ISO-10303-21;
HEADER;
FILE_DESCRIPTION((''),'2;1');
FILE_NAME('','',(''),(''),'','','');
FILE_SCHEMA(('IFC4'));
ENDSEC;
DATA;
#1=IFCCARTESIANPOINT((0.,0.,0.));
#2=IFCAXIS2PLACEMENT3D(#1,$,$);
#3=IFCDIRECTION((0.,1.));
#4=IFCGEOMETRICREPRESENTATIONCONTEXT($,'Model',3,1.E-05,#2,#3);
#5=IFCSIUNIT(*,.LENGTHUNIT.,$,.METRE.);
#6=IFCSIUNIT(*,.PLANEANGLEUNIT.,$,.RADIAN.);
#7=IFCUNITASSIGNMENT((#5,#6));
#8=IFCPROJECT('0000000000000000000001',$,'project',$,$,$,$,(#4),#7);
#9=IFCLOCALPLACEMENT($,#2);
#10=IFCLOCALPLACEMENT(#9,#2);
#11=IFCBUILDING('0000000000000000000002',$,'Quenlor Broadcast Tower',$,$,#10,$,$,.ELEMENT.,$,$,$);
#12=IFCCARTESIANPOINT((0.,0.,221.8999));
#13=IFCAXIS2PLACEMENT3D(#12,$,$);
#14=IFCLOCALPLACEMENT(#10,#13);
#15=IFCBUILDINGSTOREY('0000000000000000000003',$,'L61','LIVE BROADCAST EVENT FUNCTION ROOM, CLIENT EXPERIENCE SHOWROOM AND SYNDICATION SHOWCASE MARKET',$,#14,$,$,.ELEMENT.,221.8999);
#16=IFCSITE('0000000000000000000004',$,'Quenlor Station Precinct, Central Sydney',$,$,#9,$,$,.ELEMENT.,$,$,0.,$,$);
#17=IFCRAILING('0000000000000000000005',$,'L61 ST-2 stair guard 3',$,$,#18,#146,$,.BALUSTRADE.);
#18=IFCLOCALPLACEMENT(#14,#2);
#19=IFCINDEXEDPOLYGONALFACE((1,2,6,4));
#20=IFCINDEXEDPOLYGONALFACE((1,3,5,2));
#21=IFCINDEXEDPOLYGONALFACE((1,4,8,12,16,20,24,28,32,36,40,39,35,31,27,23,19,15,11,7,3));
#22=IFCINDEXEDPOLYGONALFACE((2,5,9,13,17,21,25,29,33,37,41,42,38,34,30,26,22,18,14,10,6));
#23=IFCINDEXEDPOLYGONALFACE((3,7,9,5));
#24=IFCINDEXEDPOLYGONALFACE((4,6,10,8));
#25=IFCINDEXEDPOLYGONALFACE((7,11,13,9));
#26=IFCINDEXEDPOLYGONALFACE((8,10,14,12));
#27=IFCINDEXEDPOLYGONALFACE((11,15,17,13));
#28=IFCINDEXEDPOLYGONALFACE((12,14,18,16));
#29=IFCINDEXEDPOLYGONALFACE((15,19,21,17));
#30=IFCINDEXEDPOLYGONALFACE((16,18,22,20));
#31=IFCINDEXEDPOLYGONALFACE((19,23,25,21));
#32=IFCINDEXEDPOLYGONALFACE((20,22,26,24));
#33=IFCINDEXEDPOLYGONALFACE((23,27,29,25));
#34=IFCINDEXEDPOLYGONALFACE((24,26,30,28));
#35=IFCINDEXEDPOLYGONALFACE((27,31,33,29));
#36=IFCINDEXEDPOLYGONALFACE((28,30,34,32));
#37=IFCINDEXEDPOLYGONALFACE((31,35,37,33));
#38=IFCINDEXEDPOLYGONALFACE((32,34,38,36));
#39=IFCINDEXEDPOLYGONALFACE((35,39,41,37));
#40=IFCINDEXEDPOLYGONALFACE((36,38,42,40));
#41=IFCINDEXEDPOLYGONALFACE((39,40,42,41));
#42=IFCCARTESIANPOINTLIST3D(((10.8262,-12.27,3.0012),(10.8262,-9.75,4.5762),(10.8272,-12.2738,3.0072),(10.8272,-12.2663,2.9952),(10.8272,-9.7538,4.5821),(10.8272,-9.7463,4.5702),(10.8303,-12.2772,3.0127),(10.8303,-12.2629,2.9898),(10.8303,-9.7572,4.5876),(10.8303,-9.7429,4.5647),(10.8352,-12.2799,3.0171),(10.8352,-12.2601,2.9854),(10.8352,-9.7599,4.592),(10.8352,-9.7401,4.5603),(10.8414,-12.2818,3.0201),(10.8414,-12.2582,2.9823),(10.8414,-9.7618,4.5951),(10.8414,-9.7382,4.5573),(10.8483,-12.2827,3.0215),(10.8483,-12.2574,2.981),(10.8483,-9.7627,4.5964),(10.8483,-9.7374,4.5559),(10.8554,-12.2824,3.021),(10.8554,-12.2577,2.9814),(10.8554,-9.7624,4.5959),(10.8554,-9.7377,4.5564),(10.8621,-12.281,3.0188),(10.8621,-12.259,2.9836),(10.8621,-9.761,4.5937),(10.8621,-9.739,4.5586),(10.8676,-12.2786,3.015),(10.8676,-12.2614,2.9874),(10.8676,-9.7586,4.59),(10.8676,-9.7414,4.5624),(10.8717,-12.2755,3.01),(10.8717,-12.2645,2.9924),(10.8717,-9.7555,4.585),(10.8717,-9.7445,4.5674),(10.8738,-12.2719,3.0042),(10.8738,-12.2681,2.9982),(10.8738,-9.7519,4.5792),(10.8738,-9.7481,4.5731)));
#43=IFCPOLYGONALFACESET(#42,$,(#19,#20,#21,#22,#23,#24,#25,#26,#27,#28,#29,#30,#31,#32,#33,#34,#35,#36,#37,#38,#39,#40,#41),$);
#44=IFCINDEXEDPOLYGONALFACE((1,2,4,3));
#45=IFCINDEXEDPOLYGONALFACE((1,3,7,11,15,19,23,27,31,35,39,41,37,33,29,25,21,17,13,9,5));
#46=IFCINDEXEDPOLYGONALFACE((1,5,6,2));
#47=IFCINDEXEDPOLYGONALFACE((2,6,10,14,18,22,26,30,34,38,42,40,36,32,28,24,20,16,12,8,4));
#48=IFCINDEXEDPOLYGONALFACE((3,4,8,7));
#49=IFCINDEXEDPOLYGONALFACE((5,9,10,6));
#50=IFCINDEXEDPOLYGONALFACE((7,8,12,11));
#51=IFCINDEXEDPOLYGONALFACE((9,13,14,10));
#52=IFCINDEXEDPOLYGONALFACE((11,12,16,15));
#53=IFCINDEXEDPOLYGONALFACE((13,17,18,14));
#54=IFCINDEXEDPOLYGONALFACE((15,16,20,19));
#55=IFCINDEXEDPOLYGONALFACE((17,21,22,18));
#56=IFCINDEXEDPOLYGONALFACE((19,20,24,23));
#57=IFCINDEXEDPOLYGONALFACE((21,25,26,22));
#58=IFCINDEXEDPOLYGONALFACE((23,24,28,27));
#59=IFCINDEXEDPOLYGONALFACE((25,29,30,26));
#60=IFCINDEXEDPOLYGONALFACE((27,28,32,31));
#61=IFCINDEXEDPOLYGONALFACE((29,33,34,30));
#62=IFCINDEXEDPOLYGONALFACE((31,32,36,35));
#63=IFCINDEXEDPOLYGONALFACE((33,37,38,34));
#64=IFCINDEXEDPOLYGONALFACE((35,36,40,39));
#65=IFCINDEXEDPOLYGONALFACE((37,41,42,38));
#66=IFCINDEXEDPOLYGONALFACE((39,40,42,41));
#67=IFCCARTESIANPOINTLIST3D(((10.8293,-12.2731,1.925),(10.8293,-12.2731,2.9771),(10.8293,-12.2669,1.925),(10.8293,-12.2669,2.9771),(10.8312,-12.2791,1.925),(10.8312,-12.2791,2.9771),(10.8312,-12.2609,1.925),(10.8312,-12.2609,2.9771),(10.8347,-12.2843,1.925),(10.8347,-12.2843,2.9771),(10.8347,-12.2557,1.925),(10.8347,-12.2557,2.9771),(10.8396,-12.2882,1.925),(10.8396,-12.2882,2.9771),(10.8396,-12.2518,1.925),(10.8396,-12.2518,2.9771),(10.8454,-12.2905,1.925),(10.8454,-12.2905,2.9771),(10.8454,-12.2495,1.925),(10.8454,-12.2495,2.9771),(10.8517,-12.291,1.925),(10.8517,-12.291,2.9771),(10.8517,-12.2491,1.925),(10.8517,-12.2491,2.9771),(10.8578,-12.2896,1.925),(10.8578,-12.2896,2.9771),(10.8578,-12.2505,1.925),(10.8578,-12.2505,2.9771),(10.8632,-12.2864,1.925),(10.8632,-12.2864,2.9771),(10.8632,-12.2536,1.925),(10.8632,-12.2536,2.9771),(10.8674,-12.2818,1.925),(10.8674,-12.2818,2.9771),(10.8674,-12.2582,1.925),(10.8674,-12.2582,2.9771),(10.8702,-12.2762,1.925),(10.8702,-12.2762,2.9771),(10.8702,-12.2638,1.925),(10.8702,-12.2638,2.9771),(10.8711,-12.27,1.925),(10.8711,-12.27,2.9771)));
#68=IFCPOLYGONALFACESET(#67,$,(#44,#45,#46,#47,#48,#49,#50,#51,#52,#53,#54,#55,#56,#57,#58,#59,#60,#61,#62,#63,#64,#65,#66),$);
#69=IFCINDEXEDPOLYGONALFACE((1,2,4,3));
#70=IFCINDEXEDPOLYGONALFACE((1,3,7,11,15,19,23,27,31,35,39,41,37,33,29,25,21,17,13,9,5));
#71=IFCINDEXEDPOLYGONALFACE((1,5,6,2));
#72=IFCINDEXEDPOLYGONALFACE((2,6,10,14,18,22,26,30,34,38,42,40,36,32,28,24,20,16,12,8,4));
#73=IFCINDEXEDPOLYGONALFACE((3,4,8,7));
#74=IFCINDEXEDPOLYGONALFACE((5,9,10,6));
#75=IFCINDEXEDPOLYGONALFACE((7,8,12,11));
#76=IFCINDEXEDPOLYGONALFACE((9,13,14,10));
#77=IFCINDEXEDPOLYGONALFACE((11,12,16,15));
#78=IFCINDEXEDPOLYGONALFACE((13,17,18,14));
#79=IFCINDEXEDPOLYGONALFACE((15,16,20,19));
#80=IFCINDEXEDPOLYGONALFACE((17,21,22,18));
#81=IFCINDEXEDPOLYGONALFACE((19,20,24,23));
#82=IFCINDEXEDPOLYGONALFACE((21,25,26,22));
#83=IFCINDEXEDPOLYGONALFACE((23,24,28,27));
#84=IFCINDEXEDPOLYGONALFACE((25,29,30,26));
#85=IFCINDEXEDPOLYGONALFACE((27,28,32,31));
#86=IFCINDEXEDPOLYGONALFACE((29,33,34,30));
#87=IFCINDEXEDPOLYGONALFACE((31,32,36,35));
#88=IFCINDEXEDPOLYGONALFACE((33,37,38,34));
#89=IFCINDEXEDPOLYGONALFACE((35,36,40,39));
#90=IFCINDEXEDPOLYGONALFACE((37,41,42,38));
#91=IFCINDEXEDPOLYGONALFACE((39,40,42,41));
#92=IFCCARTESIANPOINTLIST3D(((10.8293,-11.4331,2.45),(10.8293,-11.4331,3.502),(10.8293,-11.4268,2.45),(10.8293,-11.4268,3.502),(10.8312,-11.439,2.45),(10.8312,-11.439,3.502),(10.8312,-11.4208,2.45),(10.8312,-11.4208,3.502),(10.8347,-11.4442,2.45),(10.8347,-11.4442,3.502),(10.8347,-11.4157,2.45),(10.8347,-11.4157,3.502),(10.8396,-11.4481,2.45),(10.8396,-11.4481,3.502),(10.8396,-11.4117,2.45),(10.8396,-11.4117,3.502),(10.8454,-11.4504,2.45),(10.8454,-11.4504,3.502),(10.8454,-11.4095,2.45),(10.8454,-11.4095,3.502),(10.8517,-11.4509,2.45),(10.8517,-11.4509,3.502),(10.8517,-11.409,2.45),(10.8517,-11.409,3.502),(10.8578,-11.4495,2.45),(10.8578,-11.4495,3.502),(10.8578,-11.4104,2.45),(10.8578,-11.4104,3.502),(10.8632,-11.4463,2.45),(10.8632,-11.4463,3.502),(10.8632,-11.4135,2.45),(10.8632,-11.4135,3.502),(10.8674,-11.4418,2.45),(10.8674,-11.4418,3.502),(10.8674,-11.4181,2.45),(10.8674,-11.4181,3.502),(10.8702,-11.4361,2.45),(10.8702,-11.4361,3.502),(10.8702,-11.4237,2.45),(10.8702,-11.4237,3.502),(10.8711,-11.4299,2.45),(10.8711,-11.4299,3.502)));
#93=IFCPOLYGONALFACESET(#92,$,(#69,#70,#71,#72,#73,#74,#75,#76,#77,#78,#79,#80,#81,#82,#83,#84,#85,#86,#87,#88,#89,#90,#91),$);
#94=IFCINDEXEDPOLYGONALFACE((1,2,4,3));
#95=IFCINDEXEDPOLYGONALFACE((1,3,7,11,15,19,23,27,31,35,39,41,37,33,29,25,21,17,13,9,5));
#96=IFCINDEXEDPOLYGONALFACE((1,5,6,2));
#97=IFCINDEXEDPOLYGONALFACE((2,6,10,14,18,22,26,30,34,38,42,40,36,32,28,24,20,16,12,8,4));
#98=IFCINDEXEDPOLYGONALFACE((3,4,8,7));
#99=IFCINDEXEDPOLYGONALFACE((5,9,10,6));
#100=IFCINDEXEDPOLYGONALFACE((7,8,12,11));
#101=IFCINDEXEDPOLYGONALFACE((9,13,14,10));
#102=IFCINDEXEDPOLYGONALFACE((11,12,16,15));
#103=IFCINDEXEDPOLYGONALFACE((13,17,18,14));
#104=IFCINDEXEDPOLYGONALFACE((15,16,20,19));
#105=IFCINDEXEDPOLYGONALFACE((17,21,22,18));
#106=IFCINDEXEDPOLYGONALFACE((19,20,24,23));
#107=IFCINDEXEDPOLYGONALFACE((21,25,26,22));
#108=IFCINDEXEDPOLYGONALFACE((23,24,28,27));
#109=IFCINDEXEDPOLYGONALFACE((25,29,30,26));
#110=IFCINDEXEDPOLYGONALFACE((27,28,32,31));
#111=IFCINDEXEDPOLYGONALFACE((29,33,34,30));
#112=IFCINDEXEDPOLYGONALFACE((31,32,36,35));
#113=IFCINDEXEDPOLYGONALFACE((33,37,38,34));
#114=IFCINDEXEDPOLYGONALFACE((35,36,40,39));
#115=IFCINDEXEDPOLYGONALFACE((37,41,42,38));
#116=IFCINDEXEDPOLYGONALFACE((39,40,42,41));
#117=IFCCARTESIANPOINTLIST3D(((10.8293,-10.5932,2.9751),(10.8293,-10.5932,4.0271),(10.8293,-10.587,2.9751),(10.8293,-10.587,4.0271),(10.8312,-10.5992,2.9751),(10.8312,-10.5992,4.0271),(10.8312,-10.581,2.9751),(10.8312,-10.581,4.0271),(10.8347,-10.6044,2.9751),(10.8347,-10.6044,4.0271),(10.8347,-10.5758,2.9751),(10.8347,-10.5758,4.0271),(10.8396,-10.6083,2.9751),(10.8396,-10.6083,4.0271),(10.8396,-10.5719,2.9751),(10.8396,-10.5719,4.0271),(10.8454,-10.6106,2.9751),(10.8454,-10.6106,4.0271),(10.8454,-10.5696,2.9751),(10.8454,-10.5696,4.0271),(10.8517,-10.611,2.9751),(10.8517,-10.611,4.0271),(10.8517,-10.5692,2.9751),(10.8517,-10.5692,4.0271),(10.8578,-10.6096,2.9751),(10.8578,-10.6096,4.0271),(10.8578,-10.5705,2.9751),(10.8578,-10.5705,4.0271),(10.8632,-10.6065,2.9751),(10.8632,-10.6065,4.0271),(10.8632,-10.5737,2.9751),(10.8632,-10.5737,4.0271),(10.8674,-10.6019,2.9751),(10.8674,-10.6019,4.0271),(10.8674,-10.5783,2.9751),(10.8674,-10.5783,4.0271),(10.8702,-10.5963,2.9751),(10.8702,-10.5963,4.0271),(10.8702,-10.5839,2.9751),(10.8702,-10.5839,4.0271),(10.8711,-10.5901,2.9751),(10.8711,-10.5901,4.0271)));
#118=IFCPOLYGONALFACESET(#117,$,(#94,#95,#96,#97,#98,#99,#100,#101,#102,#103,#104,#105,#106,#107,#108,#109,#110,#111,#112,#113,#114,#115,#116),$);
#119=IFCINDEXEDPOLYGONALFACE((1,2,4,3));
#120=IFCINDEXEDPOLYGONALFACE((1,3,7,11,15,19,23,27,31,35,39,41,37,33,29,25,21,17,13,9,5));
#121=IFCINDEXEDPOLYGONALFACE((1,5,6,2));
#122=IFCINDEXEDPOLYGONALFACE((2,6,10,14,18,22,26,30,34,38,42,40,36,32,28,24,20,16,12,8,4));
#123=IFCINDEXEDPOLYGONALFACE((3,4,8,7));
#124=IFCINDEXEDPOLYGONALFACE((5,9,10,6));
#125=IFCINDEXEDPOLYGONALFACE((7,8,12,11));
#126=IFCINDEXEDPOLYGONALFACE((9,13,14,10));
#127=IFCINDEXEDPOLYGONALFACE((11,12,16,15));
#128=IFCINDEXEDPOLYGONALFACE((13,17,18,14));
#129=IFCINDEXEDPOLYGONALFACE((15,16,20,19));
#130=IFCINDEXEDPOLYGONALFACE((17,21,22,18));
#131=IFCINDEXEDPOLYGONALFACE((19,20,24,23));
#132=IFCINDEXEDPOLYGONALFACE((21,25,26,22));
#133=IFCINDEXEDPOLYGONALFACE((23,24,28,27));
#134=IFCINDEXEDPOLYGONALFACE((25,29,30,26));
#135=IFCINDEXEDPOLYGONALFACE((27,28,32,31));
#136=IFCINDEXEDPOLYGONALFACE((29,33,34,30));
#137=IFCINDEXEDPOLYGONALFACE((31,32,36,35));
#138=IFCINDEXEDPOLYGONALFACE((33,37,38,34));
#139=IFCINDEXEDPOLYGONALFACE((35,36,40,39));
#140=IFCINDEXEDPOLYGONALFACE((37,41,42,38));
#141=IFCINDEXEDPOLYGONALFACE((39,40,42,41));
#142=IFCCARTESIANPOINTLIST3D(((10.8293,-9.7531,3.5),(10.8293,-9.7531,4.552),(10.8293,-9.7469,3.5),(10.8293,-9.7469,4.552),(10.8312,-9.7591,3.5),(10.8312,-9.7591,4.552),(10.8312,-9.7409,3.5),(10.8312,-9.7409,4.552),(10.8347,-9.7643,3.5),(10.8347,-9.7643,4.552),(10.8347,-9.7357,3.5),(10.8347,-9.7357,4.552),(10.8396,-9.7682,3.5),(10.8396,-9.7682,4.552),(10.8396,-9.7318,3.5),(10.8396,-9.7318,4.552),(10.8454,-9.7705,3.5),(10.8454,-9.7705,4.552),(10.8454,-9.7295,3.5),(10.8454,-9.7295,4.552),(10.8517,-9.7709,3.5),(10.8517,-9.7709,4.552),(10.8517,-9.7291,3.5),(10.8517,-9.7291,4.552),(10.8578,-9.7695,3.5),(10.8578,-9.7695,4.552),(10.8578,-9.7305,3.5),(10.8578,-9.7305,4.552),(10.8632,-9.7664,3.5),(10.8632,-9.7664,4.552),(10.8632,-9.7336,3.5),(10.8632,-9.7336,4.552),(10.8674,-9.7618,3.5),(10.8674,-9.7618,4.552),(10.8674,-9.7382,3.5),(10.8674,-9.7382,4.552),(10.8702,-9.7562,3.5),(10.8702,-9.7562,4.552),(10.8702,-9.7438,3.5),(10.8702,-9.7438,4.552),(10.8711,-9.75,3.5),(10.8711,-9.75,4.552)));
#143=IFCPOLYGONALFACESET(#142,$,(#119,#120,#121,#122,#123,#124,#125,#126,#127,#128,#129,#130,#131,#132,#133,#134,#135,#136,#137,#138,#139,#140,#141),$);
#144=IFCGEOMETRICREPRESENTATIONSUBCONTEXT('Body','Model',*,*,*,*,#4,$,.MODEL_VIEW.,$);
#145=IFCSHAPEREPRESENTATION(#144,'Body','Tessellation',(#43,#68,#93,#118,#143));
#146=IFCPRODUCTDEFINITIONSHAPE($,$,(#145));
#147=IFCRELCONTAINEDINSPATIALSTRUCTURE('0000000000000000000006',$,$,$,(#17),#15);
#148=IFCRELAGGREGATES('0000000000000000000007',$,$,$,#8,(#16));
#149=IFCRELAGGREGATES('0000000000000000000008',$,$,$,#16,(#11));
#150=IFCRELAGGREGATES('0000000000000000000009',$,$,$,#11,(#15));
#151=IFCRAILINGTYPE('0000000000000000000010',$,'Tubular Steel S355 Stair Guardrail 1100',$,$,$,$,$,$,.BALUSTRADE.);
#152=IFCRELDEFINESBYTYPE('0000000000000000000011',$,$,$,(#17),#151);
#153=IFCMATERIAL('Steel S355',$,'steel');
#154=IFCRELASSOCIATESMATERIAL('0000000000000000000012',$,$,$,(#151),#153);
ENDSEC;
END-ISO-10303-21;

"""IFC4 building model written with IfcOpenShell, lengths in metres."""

from ifc_helpers import new_model, si_unit, direction, frame, origin, origin_2d, place, context, subcontext, project, spatial, circle, extrude, material, type_object, element, save


model = new_model("IFC4")

# Units and contexts
model_context = context("Model", 3, precision=1e-05, world=origin(), true_north=direction((0.0, 1.0)))
body_context = subcontext(model_context, "Body", "Model", "MODEL_VIEW")
ifc_project = project(units=[si_unit("LENGTHUNIT", "METRE"), si_unit("PLANEANGLEUNIT", "RADIAN")], contexts=[model_context])

# Site, building, storey
site_placement = place(None, origin())
site = spatial("IfcSite", under=ifc_project, at=site_placement, Name="Quenlor Station Precinct, Central Sydney", CompositionType="ELEMENT", RefElevation=0.0)
building_placement = place(site_placement, origin())
building = spatial("IfcBuilding", under=site, at=building_placement, Name="Quenlor Broadcast Tower", CompositionType="ELEMENT")
storey_placement = place(building_placement, frame((0.0, 0.0, 221.8999)))
storey = spatial("IfcBuildingStorey", under=building, at=storey_placement, Name="L61", Description="LIVE BROADCAST EVENT FUNCTION ROOM, CLIENT EXPERIENCE SHOWROOM AND SYNDICATION SHOWCASE MARKET", CompositionType="ELEMENT", Elevation=221.8999)

# Railing
ifc_material_1 = material(Name="Steel S355", Category="steel")
railing_type_1 = type_object("IfcRailingType", Name="Tubular Steel S355 Stair Guardrail 1100", PredefinedType="BALUSTRADE", material=ifc_material_1)
railing_1_placement = place(storey_placement, frame((10.8501, -12.27, 1.925)))
element("IfcRailing", 1, at=railing_1_placement, inside=storey, type_object=railing_type_1, Name="L61 ST-2 stair guard 3", PredefinedType="BALUSTRADE", context=body_context, shape_type="SweptSolid", body=[
    extrude(circle(Radius=0.0239, at=origin_2d()), frame((0.0, 0.0, 1.0762), z_axis=(0.0, 0.848008, 0.529984), x_axis=(-1.0, 0.0, 0.0)), (0.0, 0.0, 1.0), 2.9717),
    extrude(circle(Radius=0.021, at=origin_2d()), origin(), (0.0, 0.0, 1.0), 1.052),
    extrude(circle(Radius=0.021, at=origin_2d()), frame((0.0, 0.8401, 0.5249)), (0.0, 0.0, 1.0), 1.052),
    extrude(circle(Radius=0.021, at=origin_2d()), frame((0.0, 1.6799, 1.05)), (0.0, 0.0, 1.0), 1.052),
    extrude(circle(Radius=0.021, at=origin_2d()), frame((0.0, 2.52, 1.575)), (0.0, 0.0, 1.0), 1.052),
])

save(model, "model.ifc")
